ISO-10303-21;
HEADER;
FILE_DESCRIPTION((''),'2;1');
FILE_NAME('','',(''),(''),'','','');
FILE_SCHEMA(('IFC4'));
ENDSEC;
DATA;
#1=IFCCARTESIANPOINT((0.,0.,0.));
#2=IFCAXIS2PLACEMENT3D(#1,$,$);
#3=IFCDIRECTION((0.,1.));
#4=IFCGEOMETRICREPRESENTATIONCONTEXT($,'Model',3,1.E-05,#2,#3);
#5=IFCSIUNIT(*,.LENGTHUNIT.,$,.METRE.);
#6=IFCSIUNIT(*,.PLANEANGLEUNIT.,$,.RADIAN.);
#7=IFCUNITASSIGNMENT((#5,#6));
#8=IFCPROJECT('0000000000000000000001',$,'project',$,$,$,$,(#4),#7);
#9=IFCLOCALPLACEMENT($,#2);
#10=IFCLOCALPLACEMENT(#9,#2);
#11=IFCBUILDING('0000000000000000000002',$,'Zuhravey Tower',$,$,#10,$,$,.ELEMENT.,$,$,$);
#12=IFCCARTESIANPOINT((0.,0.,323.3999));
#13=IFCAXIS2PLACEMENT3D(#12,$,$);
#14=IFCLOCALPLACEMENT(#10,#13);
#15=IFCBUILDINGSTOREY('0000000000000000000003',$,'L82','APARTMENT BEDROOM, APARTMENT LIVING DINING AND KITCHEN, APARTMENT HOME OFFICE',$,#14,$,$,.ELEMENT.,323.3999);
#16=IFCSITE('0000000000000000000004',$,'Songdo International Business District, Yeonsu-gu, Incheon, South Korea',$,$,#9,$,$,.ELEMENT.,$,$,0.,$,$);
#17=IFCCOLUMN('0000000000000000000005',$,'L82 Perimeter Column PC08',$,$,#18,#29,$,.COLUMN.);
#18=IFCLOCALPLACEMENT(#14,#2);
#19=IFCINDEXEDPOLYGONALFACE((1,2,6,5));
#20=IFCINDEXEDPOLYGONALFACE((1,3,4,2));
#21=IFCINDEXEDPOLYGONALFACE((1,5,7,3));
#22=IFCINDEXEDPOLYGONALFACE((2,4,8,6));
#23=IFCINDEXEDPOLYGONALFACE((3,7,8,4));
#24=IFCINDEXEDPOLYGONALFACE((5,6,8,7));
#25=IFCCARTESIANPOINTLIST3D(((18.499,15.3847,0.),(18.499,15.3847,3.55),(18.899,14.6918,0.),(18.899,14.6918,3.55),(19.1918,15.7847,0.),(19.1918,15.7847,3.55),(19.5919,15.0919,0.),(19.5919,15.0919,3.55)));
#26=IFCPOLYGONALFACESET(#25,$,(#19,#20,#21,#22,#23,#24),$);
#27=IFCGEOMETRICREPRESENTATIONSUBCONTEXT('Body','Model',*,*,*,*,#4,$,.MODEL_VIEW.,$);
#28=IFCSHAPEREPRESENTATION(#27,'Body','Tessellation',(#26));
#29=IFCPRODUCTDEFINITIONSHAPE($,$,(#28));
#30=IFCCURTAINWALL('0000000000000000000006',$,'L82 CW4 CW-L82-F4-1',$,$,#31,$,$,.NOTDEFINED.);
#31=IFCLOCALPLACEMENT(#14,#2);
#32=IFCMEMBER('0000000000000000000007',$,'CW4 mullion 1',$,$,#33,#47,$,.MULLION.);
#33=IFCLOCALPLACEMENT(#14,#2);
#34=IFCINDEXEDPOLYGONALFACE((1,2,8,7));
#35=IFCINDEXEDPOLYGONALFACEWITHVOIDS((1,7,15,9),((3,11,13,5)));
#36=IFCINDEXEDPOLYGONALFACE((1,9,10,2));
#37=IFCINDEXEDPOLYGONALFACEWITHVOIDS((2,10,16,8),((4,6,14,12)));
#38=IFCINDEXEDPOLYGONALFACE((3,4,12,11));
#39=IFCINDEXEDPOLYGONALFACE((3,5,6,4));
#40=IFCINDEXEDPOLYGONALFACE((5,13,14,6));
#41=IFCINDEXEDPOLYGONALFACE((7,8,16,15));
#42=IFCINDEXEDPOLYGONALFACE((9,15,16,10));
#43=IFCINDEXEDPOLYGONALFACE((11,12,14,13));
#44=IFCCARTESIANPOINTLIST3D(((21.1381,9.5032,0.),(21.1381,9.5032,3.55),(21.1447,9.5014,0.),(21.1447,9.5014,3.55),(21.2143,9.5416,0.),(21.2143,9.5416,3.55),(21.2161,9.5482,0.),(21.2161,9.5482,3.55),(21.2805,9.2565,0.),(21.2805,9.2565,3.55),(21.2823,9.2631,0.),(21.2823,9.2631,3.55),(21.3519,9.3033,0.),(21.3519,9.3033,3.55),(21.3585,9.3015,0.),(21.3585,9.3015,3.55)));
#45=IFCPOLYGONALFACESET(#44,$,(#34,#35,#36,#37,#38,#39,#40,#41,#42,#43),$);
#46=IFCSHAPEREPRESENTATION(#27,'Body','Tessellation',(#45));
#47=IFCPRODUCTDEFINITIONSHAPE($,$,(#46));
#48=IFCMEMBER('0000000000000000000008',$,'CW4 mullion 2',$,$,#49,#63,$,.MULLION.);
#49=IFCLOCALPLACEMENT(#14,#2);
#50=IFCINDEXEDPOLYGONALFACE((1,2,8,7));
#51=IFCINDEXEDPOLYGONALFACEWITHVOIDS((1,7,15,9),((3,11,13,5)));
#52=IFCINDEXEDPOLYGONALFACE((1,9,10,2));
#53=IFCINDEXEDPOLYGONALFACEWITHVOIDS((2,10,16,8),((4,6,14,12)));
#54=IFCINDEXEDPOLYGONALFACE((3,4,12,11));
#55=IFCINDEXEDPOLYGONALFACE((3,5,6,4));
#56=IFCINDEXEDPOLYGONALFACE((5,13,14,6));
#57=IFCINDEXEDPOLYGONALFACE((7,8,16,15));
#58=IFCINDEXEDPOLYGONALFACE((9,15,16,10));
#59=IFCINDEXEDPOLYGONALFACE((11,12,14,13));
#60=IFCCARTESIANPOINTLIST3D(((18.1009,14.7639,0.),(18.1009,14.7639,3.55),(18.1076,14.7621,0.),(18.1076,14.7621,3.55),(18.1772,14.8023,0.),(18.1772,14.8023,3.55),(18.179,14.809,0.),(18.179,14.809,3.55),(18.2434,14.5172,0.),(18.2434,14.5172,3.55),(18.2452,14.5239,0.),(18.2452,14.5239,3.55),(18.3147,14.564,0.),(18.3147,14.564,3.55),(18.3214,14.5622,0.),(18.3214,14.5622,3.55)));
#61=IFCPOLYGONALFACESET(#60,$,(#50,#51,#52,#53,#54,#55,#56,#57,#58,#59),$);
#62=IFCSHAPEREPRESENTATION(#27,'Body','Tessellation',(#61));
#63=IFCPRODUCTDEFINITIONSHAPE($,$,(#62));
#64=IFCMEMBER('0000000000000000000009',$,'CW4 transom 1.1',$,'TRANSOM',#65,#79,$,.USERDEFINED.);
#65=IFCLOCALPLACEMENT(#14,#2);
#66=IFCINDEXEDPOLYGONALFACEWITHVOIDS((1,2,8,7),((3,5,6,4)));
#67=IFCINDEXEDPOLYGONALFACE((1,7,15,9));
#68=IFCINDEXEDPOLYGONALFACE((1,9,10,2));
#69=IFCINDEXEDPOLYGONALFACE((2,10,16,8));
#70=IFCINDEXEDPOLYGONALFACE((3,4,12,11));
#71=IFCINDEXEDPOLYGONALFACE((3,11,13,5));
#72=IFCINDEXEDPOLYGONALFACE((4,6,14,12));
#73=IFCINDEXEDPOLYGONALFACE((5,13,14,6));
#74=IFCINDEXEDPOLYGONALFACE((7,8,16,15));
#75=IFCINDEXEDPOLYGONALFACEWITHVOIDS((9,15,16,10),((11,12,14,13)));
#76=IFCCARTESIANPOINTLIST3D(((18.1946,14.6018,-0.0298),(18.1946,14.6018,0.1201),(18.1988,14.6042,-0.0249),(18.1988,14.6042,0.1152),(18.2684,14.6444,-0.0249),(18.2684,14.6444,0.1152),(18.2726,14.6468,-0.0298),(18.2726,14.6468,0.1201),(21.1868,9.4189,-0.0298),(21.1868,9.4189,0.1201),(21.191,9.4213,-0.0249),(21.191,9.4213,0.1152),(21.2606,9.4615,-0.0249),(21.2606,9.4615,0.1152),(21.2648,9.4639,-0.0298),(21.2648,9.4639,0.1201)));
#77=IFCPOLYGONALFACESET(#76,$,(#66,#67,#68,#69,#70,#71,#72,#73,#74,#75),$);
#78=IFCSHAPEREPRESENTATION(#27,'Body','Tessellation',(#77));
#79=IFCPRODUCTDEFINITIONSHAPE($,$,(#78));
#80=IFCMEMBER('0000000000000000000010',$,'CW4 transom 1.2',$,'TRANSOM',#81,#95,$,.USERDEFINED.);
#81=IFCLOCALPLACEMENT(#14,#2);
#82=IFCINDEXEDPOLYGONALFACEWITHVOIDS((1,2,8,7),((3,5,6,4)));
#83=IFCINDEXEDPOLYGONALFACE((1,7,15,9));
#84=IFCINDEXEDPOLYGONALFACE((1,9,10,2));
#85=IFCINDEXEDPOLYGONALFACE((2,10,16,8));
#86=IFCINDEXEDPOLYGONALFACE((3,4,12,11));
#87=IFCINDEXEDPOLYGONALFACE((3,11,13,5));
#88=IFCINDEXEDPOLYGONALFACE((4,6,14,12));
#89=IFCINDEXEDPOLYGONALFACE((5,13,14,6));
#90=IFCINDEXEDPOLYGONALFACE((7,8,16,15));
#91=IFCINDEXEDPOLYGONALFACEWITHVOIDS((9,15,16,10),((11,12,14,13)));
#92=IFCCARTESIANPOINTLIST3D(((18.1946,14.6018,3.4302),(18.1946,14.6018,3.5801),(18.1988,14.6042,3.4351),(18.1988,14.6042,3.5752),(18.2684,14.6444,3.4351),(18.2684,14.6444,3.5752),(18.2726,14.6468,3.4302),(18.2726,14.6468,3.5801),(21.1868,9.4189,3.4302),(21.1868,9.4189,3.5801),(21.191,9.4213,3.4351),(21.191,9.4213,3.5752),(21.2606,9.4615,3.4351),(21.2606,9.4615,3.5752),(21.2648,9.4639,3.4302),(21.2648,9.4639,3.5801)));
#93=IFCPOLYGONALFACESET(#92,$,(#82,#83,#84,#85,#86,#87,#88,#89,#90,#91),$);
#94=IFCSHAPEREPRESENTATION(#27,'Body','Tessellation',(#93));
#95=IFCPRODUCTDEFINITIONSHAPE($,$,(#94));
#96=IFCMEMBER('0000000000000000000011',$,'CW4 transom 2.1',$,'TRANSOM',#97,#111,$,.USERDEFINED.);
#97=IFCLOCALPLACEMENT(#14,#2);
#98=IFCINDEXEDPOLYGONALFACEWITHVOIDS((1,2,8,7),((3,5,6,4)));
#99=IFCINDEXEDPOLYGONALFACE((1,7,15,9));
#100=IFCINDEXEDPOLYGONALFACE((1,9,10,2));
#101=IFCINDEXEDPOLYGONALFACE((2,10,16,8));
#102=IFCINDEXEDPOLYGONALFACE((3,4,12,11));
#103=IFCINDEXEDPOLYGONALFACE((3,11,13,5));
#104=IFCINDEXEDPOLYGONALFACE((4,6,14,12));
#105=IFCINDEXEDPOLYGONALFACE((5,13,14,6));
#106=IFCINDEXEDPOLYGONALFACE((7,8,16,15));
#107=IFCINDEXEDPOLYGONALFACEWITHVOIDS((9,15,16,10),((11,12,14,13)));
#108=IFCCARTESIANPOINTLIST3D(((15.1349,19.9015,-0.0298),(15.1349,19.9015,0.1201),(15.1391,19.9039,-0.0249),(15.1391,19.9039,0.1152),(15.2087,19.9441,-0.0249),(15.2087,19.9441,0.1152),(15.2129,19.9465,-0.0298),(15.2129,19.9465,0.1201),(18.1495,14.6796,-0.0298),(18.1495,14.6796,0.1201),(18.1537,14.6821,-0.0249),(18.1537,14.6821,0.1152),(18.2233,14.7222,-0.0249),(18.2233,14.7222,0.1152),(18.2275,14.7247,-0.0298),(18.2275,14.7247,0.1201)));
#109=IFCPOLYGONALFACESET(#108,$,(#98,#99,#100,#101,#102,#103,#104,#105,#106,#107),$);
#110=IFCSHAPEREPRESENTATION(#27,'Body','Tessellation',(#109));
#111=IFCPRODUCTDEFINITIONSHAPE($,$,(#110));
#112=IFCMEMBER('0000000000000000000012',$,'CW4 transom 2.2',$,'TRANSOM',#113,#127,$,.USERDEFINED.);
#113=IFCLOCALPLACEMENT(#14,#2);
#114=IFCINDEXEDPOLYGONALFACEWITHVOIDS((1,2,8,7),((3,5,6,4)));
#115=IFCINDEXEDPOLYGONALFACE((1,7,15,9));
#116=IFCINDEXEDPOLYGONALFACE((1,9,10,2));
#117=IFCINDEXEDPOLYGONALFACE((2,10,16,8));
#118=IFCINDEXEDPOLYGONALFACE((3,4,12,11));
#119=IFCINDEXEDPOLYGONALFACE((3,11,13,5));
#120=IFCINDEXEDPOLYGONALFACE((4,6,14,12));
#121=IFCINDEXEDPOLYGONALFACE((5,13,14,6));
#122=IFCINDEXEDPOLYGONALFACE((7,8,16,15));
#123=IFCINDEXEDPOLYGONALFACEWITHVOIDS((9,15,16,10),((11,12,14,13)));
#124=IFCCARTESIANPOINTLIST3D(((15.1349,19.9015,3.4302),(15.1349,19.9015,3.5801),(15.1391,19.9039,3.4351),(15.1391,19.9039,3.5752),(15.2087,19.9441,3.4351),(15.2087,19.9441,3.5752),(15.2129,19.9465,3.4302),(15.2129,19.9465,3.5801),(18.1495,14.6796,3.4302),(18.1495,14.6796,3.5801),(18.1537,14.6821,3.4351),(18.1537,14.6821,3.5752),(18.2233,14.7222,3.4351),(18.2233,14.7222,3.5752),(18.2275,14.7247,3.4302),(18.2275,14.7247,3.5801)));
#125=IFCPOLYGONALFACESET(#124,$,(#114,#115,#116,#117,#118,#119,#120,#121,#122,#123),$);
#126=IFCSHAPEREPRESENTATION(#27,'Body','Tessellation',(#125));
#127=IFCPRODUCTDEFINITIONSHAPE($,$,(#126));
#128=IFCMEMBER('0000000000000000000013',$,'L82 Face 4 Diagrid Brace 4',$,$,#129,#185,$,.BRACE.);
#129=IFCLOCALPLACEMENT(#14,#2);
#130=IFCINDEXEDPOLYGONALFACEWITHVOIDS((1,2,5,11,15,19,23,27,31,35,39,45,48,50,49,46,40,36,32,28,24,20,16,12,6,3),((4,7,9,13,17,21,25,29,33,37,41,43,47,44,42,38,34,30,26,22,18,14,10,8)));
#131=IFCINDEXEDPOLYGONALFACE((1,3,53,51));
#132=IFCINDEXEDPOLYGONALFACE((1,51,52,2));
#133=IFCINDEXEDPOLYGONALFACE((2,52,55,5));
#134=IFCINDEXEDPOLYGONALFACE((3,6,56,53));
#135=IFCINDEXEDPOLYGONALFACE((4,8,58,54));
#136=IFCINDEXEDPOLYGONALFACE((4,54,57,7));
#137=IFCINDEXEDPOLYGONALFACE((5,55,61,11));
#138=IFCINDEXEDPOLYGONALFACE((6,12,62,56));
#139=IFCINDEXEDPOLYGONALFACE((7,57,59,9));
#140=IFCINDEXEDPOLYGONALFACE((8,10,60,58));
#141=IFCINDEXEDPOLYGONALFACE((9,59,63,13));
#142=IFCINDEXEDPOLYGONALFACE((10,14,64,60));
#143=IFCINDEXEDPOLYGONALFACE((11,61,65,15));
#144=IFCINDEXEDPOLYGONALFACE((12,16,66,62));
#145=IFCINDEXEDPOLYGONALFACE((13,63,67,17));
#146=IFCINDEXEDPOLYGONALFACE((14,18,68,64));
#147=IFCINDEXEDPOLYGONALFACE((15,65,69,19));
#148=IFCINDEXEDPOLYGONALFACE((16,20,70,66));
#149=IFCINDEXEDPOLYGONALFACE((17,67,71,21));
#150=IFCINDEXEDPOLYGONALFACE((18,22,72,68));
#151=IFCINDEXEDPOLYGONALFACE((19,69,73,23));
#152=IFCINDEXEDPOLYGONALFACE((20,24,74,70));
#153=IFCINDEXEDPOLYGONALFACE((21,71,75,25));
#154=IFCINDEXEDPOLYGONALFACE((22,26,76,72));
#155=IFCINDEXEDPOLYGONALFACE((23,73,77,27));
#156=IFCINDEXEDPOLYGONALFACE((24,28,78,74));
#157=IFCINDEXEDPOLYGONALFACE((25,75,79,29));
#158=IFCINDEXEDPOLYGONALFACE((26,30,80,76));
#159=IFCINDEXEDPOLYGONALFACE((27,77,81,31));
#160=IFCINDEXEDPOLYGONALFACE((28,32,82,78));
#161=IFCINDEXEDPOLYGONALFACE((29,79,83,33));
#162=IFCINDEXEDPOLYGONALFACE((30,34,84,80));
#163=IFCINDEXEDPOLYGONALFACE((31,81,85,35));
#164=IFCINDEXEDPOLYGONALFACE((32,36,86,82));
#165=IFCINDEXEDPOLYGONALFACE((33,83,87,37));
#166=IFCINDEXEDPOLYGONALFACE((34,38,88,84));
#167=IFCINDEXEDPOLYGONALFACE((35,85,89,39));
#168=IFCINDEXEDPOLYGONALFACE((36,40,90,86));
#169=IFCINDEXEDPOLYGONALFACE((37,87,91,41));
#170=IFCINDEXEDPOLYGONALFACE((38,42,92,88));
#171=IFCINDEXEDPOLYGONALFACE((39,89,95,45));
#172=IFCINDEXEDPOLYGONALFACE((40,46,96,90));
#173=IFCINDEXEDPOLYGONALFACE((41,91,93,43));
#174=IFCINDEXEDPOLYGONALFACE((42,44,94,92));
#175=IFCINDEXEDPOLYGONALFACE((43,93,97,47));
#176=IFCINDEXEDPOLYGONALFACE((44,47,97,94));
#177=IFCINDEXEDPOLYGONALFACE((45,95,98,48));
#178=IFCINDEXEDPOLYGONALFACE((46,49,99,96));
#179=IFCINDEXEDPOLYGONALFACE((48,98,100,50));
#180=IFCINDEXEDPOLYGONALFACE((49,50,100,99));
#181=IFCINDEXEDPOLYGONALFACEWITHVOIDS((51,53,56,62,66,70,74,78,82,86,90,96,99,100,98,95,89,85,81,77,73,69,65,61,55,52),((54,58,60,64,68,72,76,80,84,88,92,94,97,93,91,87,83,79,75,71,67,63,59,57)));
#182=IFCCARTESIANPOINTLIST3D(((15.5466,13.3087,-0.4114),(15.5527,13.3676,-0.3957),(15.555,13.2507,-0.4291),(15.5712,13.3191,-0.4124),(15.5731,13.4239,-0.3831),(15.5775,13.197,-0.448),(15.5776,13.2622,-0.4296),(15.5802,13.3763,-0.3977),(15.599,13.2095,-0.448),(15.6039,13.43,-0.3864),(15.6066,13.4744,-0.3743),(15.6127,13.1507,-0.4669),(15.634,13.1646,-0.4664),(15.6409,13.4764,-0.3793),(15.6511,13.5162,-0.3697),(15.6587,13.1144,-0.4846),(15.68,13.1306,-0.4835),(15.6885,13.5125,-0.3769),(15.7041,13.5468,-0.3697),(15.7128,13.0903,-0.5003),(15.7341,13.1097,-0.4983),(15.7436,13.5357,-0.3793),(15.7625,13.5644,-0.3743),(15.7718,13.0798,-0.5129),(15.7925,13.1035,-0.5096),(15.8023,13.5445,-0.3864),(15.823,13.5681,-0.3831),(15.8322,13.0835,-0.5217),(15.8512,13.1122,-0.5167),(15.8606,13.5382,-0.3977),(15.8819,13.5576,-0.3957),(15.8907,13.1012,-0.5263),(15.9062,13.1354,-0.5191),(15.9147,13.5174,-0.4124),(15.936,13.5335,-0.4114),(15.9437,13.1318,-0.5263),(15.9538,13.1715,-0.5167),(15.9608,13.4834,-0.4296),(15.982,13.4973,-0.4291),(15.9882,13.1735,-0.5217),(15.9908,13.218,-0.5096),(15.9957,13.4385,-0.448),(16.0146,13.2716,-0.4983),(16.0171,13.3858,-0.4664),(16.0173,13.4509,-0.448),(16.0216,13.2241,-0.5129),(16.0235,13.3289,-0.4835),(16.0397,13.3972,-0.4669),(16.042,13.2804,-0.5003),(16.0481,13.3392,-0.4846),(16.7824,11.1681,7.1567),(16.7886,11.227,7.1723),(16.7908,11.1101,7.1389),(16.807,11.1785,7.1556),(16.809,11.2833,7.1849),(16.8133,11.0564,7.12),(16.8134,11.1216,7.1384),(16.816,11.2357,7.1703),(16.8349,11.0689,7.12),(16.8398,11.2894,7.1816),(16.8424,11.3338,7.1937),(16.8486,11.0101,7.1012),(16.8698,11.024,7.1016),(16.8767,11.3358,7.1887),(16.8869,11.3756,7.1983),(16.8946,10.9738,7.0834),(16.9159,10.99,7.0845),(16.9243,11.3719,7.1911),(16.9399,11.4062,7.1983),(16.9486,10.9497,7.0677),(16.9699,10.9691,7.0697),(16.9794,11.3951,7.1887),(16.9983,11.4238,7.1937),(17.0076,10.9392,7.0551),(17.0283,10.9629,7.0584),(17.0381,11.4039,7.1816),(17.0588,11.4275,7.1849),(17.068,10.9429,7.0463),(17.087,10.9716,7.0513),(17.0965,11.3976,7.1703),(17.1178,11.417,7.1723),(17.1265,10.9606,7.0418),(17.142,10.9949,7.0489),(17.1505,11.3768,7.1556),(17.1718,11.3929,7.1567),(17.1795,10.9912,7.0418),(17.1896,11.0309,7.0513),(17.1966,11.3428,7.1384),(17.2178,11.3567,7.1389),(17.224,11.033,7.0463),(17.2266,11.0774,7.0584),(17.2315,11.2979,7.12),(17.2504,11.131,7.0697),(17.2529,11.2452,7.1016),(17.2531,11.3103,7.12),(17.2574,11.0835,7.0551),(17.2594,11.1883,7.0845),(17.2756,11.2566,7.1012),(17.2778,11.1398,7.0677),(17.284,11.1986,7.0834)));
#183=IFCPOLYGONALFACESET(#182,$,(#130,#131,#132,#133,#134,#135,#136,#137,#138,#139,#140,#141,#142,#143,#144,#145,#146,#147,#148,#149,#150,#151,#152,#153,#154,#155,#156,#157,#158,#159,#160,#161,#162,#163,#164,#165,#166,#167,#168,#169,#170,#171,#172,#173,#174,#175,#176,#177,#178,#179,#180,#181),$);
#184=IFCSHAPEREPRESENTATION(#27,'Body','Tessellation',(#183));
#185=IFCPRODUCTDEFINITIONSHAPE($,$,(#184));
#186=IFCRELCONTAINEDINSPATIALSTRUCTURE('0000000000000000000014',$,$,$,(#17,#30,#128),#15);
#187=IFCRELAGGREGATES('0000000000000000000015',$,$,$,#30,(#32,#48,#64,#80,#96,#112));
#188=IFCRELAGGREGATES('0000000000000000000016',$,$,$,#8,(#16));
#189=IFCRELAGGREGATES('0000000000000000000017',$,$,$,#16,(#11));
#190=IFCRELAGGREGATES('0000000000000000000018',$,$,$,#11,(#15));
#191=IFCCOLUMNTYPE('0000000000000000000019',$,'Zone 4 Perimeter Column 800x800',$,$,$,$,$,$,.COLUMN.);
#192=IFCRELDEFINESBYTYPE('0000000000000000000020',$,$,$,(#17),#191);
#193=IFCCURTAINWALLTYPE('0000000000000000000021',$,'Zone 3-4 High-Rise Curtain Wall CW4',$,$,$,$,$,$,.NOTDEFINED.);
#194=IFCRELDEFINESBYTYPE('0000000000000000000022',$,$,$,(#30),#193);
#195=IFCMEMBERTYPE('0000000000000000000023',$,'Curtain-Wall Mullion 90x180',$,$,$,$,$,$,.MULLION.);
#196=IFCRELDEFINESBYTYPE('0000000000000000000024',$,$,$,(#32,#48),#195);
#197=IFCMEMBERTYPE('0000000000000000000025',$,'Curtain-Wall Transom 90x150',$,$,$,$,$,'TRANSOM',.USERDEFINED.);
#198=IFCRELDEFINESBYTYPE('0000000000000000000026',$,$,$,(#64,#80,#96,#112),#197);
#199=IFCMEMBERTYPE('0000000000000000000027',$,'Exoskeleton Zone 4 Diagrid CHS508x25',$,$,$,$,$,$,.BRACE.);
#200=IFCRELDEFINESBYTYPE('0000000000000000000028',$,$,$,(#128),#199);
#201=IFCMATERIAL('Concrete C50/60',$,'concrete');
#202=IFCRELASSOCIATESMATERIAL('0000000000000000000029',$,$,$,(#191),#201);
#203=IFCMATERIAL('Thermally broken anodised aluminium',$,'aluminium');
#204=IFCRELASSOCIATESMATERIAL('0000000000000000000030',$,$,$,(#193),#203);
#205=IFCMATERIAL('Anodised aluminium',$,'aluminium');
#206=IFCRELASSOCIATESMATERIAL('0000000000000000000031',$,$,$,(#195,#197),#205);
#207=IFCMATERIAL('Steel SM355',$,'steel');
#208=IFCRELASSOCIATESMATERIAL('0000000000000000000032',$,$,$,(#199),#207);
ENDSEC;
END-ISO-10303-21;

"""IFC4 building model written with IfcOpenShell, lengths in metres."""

from ifc_helpers import new_model, si_unit, direction, frame, origin, origin_2d, place, context, subcontext, project, spatial, rectangle, hollow_rectangle, hollow_circle, extrude, material, material_profile, profile_set, type_object, element, aggregate, save


model = new_model("IFC4")

# Units and contexts
model_context = context("Model", 3, precision=1e-05, world=origin(), true_north=direction((0.0, 1.0)))
body_context = subcontext(model_context, "Body", "Model", "MODEL_VIEW")
ifc_project = project(units=[si_unit("LENGTHUNIT", "METRE"), si_unit("PLANEANGLEUNIT", "RADIAN")], contexts=[model_context])

# Site, building, storey
site_placement = place(None, origin())
site = spatial("IfcSite", under=ifc_project, at=site_placement, Name="Songdo International Business District, Yeonsu-gu, Incheon, South Korea", CompositionType="ELEMENT", RefElevation=0.0)
building_placement = place(site_placement, origin())
building = spatial("IfcBuilding", under=site, at=building_placement, Name="Zuhravey Tower", CompositionType="ELEMENT")
storey_placement = place(building_placement, frame((0.0, 0.0, 323.3999)))
storey = spatial("IfcBuildingStorey", under=building, at=storey_placement, Name="L82", Description="APARTMENT BEDROOM, APARTMENT LIVING DINING AND KITCHEN, APARTMENT HOME OFFICE", CompositionType="ELEMENT", Elevation=323.3999)

# Column
ifc_material_1 = material(Name="Concrete C50/60", Category="concrete")
ifc_material_profile_1 = material_profile(ifc_material_1, rectangle(XDim=0.8, YDim=0.8, at=origin_2d()), Name="RC-800x800")
ifc_profile_set_1 = profile_set([ifc_material_profile_1], Name="Concrete C50/60")
column_type = type_object("IfcColumnType", Name="Zone 4 Perimeter Column 800x800", PredefinedType="COLUMN", material=ifc_profile_set_1)
column_placement = place(storey_placement, frame((19.0454, 15.2383, 0.0), z_axis=(0.0, 0.0, 1.0), x_axis=(0.5, -0.866025, 0.0)))
element("IfcColumn", 1, at=column_placement, inside=storey, type_object=column_type, Name="L82 Perimeter Column PC08", PredefinedType="COLUMN", context=body_context, shape_type="SweptSolid", body=[
    extrude(rectangle(XDim=0.8, YDim=0.8, at=origin_2d()), origin(), (0.0, 0.0, 1.0), 3.55),
])

# Curtain wall, members
ifc_material_2 = material(Name="Thermally broken anodised aluminium", Category="aluminium")
curtain_wall_type = type_object("IfcCurtainWallType", Name="Zone 3-4 High-Rise Curtain Wall CW4", PredefinedType="NOTDEFINED", material=ifc_material_2)
curtain_wall_placement = place(storey_placement, origin())
curtain_wall = element("IfcCurtainWall", 2, at=curtain_wall_placement, inside=storey, type_object=curtain_wall_type, Name="L82 CW4 CW-L82-F4-1", PredefinedType="NOTDEFINED")
ifc_material_3 = material(Name="Anodised aluminium", Category="aluminium")
ifc_material_profile_2 = material_profile(ifc_material_3, hollow_rectangle(XDim=0.0901, YDim=0.2849, WallThickness=0.0049, at=origin_2d()), Name="ALU-RHS-90x285x5")
ifc_profile_set_2 = profile_set([ifc_material_profile_2], Name="Anodised aluminium")
member_type_1 = type_object("IfcMemberType", Name="Curtain-Wall Mullion 90x180", PredefinedType="MULLION", material=ifc_profile_set_2)
member_1_placement = place(storey_placement, frame((21.2483, 9.4023, 0.0), z_axis=(0.0, 0.0, 1.0), x_axis=(-0.866026, -0.5, 0.0)))
member_1 = element("IfcMember", 3, at=member_1_placement, type_object=member_type_1, Name="CW4 mullion 1", PredefinedType="MULLION", context=body_context, shape_type="SweptSolid", body=[
    extrude(hollow_rectangle(XDim=0.0901, YDim=0.2849, WallThickness=0.0049, at=origin_2d()), origin(), (0.0, 0.0, 1.0), 3.55),
])
member_2_placement = place(storey_placement, frame((18.2112, 14.6631, 0.0), z_axis=(0.0, 0.0, 1.0), x_axis=(-0.866026, -0.5, 0.0)))
member_2 = element("IfcMember", 4, at=member_2_placement, type_object=member_type_1, Name="CW4 mullion 2", PredefinedType="MULLION", context=body_context, shape_type="SweptSolid", body=[
    extrude(hollow_rectangle(XDim=0.0901, YDim=0.2849, WallThickness=0.0049, at=origin_2d()), origin(), (0.0, 0.0, 1.0), 3.55),
])
ifc_material_profile_3 = material_profile(ifc_material_3, hollow_rectangle(XDim=0.0901, YDim=0.1499, WallThickness=0.0049, at=origin_2d()), Name="ALU-RHS-90x150x5")
ifc_profile_set_3 = profile_set([ifc_material_profile_3], Name="Anodised aluminium")
member_type_2 = type_object("IfcMemberType", Name="Curtain-Wall Transom 90x150", ElementType="TRANSOM", PredefinedType="USERDEFINED", material=ifc_profile_set_3)
member_3_placement = place(storey_placement, frame((21.2258, 9.4414, 0.0452), z_axis=(-0.499983, 0.866035, 0.0), x_axis=(-0.866035, -0.499983, 0.0)))
member_3 = element("IfcMember", 5, at=member_3_placement, type_object=member_type_2, Name="CW4 transom 1.1", ObjectType="TRANSOM", PredefinedType="USERDEFINED", context=body_context, shape_type="SweptSolid", body=[
    extrude(hollow_rectangle(XDim=0.0901, YDim=0.1499, WallThickness=0.0049, at=origin_2d()), origin(), (0.0, 0.0, 1.0), 5.9846),
])
member_4_placement = place(storey_placement, frame((21.2258, 9.4414, 3.5051), z_axis=(-0.499983, 0.866035, 0.0), x_axis=(-0.866035, -0.499983, 0.0)))
member_4 = element("IfcMember", 6, at=member_4_placement, type_object=member_type_2, Name="CW4 transom 1.2", ObjectType="TRANSOM", PredefinedType="USERDEFINED", context=body_context, shape_type="SweptSolid", body=[
    extrude(hollow_rectangle(XDim=0.0901, YDim=0.1499, WallThickness=0.0049, at=origin_2d()), origin(), (0.0, 0.0, 1.0), 5.9846),
])
member_5_placement = place(storey_placement, frame((18.1885, 14.7021, 0.0452), z_axis=(-0.499971, 0.866042, 0.0), x_axis=(-0.866042, -0.499971, 0.0)))
member_5 = element("IfcMember", 7, at=member_5_placement, type_object=member_type_2, Name="CW4 transom 2.1", ObjectType="TRANSOM", PredefinedType="USERDEFINED", context=body_context, shape_type="SweptSolid", body=[
    extrude(hollow_rectangle(XDim=0.0901, YDim=0.1499, WallThickness=0.0049, at=origin_2d()), origin(), (0.0, 0.0, 1.0), 6.0295),
])
member_6_placement = place(storey_placement, frame((18.1885, 14.7021, 3.5051), z_axis=(-0.499971, 0.866042, 0.0), x_axis=(-0.866042, -0.499971, 0.0)))
member_6 = element("IfcMember", 8, at=member_6_placement, type_object=member_type_2, Name="CW4 transom 2.2", ObjectType="TRANSOM", PredefinedType="USERDEFINED", context=body_context, shape_type="SweptSolid", body=[
    extrude(hollow_rectangle(XDim=0.0901, YDim=0.1499, WallThickness=0.0049, at=origin_2d()), origin(), (0.0, 0.0, 1.0), 6.0295),
])

# Member
ifc_material_4 = material(Name="Steel SM355", Category="steel")
ifc_material_profile_4 = material_profile(ifc_material_4, hollow_circle(Radius=0.2539, WallThickness=0.0249, at=origin_2d()), Name="CHS-508.0x25")
ifc_profile_set_4 = profile_set([ifc_material_profile_4], Name="Steel SM355")
member_type_3 = type_object("IfcMemberType", Name="Exoskeleton Zone 4 Diagrid CHS508x25", PredefinedType="BRACE", material=ifc_profile_set_4)
member_7_placement = place(storey_placement, frame((15.7974, 13.324, -0.448), z_axis=(0.155226, -0.268871, 0.950586), x_axis=(0.866034, 0.499985, 0.0)))
element("IfcMember", 9, at=member_7_placement, inside=storey, type_object=member_type_3, Name="L82 Face 4 Diagrid Brace 4", PredefinedType="BRACE", context=body_context, shape_type="SweptSolid", body=[
    extrude(hollow_circle(Radius=0.2539, WallThickness=0.0249, at=origin_2d()), origin(), (0.0, 0.0, 1.0), 7.9614),
])

aggregate(curtain_wall, [member_1, member_2, member_3, member_4, member_5, member_6])

save(model, "model.ifc")
